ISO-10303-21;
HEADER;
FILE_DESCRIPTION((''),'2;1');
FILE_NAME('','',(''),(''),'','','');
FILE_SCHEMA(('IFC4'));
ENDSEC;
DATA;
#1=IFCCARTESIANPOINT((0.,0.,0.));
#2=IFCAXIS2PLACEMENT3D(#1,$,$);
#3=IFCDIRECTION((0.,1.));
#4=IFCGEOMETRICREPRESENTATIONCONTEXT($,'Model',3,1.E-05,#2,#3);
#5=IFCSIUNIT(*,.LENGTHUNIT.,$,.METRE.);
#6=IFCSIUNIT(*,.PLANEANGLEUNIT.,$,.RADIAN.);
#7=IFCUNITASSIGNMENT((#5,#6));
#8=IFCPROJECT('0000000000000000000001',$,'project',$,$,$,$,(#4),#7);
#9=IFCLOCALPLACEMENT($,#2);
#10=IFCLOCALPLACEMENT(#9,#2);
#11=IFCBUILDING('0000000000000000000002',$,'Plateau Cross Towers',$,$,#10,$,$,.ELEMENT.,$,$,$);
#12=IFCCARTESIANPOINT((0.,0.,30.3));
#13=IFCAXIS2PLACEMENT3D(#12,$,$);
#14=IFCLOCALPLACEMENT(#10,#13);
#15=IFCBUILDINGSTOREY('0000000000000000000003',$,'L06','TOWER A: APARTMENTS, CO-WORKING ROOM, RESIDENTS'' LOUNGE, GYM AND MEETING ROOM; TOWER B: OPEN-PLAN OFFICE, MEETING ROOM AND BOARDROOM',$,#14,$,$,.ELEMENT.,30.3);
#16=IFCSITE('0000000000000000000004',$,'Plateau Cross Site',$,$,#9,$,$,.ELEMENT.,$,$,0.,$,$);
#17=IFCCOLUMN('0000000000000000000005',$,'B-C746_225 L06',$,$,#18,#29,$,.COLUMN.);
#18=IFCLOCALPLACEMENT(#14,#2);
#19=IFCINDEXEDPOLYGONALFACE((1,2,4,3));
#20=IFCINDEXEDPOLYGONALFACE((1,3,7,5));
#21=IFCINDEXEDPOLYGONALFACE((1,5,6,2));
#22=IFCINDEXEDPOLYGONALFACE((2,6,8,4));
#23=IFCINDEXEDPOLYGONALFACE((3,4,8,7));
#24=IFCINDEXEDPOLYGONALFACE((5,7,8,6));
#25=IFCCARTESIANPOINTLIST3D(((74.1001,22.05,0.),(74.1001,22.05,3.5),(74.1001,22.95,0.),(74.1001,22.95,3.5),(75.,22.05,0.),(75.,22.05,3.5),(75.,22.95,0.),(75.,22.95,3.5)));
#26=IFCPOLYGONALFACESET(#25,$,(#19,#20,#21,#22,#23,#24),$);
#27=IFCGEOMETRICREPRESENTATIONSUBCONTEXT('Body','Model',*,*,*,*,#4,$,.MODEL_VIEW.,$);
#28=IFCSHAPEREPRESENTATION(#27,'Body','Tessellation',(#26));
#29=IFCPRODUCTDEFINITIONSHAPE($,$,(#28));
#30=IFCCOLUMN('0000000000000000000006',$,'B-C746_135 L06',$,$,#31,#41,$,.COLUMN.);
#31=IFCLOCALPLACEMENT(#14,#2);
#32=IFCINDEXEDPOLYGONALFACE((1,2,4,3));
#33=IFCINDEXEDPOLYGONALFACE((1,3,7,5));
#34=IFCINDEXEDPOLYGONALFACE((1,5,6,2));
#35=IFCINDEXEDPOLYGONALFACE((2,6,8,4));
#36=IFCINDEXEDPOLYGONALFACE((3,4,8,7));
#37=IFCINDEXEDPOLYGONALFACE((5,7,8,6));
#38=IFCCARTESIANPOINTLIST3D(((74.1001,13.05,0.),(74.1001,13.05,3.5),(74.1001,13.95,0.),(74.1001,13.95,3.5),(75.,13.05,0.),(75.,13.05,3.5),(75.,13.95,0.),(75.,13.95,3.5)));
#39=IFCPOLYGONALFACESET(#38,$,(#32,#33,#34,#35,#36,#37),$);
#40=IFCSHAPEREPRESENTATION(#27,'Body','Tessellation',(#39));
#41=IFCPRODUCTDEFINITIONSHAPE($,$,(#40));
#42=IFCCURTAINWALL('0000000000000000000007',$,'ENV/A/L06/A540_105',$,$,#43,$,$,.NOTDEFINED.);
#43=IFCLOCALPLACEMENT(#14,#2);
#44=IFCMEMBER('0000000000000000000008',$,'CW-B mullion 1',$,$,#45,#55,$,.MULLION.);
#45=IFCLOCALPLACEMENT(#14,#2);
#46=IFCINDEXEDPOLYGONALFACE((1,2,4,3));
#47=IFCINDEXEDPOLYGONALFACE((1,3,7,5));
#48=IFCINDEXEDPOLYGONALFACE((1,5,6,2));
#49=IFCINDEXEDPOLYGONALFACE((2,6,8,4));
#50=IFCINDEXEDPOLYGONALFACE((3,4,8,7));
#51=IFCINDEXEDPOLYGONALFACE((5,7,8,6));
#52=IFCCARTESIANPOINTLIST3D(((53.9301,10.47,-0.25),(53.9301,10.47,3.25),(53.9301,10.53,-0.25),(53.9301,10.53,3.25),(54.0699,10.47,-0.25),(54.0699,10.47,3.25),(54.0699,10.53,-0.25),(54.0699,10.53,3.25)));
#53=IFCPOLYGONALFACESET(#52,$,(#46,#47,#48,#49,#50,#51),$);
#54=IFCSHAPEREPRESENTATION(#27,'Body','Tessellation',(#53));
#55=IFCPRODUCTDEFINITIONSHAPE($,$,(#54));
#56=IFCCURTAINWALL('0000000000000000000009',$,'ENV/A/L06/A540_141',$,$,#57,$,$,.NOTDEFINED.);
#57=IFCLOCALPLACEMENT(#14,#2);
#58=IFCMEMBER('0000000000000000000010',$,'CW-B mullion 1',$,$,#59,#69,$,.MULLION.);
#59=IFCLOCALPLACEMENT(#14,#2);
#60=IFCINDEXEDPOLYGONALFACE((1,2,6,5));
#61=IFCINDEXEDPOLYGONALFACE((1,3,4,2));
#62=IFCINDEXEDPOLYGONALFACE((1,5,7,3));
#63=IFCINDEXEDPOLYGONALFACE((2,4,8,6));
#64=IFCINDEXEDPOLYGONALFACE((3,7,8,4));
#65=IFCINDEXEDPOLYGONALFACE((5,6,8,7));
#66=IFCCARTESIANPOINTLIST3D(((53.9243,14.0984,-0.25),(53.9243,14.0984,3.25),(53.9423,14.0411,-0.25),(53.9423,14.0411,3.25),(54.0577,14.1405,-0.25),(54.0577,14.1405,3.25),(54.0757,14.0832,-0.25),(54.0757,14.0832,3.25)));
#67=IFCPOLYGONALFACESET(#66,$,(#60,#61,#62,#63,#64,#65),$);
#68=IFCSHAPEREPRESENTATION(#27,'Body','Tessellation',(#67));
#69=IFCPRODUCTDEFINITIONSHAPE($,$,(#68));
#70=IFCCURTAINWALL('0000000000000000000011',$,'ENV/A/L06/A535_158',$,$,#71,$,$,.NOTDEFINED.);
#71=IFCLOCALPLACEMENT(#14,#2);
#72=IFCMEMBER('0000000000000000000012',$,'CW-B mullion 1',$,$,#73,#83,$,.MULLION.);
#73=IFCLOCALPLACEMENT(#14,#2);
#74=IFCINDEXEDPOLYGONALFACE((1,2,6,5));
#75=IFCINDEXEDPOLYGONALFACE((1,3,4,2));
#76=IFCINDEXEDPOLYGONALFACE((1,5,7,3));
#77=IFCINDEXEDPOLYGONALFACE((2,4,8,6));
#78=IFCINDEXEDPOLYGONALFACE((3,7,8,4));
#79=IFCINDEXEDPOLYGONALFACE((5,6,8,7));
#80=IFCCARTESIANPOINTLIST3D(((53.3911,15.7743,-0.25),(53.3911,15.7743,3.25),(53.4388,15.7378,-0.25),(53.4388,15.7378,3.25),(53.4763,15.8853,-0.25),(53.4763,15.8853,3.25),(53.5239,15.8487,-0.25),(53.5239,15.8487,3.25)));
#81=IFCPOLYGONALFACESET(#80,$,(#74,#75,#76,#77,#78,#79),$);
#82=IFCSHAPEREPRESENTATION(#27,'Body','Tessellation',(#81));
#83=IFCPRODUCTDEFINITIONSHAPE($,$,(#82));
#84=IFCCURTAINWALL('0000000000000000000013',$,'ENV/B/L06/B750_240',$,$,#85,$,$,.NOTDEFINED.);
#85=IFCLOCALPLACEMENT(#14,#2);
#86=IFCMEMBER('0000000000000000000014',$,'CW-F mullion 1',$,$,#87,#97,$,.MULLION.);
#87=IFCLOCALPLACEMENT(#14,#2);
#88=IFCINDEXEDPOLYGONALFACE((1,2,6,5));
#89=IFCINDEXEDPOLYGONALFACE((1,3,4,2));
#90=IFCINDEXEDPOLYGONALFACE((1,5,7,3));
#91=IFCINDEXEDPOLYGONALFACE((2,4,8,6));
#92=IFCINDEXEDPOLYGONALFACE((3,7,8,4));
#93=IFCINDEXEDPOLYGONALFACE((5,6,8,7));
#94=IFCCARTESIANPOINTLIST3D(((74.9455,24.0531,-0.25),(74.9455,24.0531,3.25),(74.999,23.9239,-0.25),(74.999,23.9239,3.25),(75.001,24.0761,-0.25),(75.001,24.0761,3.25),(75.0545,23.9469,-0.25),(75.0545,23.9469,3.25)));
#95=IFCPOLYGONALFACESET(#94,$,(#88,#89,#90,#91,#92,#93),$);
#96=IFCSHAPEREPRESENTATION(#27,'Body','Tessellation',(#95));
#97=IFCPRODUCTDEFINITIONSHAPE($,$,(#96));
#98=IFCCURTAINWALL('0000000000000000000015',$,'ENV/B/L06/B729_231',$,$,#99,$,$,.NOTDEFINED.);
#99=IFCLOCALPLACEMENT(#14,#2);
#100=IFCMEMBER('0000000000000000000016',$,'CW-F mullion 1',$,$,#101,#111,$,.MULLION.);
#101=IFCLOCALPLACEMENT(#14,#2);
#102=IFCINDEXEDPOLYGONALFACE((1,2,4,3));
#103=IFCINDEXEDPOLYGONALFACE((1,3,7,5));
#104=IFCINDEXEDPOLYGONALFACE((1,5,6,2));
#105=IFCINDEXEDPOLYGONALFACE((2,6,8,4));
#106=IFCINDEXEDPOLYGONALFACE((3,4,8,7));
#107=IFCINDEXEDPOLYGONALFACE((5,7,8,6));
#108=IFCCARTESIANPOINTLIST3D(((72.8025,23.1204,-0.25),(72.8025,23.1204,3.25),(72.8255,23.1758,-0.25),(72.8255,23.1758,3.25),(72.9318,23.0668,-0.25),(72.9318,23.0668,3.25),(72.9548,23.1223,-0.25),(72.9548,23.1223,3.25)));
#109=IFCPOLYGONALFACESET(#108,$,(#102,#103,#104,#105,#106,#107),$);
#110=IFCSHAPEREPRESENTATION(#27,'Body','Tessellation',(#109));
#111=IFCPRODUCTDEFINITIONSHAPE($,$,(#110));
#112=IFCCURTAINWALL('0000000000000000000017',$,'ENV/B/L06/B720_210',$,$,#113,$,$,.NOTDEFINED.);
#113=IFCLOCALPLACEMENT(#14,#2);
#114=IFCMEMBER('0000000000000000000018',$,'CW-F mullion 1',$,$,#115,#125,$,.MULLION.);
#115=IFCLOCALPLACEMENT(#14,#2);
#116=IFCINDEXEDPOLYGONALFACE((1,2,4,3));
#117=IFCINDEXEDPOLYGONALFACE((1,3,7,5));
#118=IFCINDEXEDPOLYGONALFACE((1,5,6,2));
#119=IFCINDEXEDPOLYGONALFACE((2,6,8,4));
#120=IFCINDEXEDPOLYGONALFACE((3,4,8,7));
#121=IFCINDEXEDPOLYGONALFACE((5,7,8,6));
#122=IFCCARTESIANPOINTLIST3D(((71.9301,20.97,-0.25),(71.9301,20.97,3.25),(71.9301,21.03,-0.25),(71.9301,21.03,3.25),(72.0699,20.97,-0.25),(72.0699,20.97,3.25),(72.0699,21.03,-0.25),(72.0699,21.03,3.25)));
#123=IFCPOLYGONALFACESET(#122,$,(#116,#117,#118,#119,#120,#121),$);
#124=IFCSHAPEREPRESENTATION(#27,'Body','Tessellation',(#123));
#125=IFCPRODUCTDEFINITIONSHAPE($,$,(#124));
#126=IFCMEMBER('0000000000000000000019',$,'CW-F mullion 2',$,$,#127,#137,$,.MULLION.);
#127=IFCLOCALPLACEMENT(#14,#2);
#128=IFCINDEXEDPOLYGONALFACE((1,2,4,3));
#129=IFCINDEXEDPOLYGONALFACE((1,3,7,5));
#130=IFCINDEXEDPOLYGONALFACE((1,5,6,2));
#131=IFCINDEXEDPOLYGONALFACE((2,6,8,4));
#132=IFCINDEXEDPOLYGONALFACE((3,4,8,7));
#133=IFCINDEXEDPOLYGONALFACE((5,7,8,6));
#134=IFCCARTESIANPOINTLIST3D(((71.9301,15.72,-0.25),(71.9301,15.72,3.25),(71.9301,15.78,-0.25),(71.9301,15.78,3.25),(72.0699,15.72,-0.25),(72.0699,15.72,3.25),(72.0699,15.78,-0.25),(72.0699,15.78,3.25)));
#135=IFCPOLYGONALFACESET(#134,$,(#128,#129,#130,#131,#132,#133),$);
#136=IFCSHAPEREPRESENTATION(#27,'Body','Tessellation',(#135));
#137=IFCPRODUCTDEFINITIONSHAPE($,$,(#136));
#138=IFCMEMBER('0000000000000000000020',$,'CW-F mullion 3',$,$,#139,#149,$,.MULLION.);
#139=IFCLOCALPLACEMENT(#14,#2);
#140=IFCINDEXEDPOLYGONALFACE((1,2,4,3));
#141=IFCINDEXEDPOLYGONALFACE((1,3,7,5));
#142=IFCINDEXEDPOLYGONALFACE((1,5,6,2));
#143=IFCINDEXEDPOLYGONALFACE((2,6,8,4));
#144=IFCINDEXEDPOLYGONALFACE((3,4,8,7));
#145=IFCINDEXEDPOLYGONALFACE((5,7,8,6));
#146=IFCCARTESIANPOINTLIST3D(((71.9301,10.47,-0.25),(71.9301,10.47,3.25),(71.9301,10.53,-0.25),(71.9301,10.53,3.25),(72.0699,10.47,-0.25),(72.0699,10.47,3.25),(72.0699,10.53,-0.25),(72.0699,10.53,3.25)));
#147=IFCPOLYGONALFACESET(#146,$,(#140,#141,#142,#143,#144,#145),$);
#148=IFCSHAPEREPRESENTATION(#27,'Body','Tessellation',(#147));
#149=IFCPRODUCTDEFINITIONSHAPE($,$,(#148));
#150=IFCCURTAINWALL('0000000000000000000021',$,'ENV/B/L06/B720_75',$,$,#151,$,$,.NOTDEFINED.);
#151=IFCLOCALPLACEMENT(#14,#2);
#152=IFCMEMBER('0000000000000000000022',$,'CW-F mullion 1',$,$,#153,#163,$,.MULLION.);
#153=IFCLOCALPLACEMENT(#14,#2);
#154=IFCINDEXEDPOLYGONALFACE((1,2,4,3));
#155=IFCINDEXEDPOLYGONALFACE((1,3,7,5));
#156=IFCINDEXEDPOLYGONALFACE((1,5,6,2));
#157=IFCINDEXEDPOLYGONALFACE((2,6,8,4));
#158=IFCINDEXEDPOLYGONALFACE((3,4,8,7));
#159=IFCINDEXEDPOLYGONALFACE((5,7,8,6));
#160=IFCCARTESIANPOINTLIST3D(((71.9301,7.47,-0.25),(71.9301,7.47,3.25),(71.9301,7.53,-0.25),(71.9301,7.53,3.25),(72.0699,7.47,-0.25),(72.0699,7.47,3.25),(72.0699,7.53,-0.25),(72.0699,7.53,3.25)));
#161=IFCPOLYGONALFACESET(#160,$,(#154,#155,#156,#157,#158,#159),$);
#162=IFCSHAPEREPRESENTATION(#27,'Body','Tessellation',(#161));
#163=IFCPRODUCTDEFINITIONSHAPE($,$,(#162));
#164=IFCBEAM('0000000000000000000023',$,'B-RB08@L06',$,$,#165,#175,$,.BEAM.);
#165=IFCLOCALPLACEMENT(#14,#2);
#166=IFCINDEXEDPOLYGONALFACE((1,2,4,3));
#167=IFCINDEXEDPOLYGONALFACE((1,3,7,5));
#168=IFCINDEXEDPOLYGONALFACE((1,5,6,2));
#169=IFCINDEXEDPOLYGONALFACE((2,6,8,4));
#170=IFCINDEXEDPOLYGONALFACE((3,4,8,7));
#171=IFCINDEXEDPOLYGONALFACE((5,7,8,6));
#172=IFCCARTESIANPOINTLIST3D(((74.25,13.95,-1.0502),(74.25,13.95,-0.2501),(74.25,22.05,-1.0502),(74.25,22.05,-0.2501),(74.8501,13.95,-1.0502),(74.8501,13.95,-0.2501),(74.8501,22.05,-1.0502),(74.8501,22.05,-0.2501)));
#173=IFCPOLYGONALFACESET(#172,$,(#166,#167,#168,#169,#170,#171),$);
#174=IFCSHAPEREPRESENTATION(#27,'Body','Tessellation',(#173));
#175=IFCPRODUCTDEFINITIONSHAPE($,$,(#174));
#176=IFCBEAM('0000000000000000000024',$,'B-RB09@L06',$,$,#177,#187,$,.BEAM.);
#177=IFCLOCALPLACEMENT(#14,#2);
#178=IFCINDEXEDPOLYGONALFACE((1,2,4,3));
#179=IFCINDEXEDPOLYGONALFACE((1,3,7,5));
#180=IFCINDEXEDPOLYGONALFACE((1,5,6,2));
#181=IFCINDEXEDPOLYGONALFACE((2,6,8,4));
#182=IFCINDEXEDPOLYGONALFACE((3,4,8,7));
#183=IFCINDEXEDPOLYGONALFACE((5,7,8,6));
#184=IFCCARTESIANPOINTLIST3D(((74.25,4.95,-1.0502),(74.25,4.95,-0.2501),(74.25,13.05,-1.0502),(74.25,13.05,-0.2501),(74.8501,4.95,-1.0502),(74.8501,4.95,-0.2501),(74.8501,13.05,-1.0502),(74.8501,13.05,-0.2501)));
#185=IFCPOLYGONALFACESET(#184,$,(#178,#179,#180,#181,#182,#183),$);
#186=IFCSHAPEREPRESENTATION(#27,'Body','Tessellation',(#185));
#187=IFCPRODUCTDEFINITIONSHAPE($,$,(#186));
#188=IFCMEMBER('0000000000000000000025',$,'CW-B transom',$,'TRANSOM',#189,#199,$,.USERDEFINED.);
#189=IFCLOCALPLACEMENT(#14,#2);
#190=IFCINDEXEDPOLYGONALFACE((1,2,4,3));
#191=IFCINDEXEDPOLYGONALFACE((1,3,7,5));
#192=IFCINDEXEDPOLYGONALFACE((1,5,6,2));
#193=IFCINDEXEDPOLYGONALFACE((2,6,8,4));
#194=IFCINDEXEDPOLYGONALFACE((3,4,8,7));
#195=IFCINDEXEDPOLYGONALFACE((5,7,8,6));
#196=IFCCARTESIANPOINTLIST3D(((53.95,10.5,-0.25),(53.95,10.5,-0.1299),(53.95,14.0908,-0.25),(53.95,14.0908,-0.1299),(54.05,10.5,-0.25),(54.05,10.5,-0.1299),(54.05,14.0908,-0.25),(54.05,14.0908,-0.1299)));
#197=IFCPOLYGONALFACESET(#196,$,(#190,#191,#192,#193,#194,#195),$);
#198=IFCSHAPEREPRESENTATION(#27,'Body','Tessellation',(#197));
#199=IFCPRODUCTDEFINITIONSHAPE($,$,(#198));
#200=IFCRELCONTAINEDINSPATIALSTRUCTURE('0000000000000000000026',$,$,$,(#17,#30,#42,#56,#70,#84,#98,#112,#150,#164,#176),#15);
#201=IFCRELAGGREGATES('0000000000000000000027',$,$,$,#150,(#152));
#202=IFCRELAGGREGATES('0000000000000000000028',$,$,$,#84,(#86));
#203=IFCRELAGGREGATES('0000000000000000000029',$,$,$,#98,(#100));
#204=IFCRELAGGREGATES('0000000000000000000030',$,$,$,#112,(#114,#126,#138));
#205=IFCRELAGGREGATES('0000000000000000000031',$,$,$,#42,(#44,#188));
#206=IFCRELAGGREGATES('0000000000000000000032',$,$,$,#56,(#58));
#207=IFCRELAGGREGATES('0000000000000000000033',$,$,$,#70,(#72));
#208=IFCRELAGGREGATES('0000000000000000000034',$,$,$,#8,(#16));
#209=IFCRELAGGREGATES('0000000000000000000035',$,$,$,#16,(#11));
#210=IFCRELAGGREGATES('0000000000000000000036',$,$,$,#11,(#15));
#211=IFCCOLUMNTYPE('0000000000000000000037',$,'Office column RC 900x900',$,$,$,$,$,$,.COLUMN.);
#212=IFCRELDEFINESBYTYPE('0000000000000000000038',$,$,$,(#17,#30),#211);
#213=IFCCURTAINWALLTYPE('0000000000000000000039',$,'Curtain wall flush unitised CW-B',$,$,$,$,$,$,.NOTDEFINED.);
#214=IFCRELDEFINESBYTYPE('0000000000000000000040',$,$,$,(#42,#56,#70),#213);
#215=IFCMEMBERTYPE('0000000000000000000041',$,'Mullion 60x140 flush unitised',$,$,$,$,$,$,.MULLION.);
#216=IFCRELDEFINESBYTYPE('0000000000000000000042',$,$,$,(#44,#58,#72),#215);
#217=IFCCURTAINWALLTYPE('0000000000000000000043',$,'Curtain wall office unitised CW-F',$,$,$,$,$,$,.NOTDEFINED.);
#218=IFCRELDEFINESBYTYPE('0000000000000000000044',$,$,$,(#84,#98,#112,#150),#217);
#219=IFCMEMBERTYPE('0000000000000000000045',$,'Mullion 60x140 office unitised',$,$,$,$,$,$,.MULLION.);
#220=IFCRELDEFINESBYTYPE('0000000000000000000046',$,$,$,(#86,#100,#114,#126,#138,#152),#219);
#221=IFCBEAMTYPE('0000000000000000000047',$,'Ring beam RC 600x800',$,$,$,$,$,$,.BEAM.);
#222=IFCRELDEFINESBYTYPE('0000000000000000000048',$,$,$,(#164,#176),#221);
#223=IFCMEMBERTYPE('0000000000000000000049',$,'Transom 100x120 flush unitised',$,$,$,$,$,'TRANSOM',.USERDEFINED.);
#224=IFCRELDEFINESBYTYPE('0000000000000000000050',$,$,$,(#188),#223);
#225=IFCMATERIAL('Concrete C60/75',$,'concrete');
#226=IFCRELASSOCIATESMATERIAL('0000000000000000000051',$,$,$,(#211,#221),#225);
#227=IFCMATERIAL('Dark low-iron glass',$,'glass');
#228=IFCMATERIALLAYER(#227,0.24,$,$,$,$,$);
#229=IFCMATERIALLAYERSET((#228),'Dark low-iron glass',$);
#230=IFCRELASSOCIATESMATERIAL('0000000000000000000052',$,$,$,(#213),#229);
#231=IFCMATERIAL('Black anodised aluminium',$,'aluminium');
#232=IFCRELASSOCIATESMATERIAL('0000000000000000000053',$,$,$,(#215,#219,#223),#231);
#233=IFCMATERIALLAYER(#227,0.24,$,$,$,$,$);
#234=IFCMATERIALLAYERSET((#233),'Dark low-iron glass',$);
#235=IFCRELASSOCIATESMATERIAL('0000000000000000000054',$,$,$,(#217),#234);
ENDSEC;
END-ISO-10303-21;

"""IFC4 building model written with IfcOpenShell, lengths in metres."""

from ifc_helpers import new_model, si_unit, direction, frame, origin, origin_2d, place, context, subcontext, project, spatial, rectangle, extrude, material, layer, layer_set, material_profile, profile_set, type_object, element, aggregate, save


model = new_model("IFC4")

# Units and contexts
model_context = context("Model", 3, precision=1e-05, world=origin(), true_north=direction((0.0, 1.0)))
body_context = subcontext(model_context, "Body", "Model", "MODEL_VIEW")
ifc_project = project(units=[si_unit("LENGTHUNIT", "METRE"), si_unit("PLANEANGLEUNIT", "RADIAN")], contexts=[model_context])

# Site, building, storey
site_placement = place(None, origin())
site = spatial("IfcSite", under=ifc_project, at=site_placement, Name="Plateau Cross Site", CompositionType="ELEMENT", RefElevation=0.0)
building_placement = place(site_placement, origin())
building = spatial("IfcBuilding", under=site, at=building_placement, Name="Plateau Cross Towers", CompositionType="ELEMENT")
storey_placement = place(building_placement, frame((0.0, 0.0, 30.3)))
storey = spatial("IfcBuildingStorey", under=building, at=storey_placement, Name="L06", Description="TOWER A: APARTMENTS, CO-WORKING ROOM, RESIDENTS' LOUNGE, GYM AND MEETING ROOM; TOWER B: OPEN-PLAN OFFICE, MEETING ROOM AND BOARDROOM", CompositionType="ELEMENT", Elevation=30.3)

# Columns
ifc_material_1 = material(Name="Concrete C60/75", Category="concrete")
ifc_material_profile_1 = material_profile(ifc_material_1, rectangle(XDim=0.8999, YDim=0.8999, at=origin_2d()), Name="RC 900x900")
ifc_profile_set_1 = profile_set([ifc_material_profile_1], Name="Concrete C60/75")
column_type = type_object("IfcColumnType", Name="Office column RC 900x900", PredefinedType="COLUMN", material=ifc_profile_set_1)
for number, where, z_axis, x_axis, name in (
    (1, (74.55, 22.5, 0.0), (0.0, 0.0, 1.0), (1.0, 0.0, 0.0), "B-C746_225 L06"),
    (2, (74.55, 13.5, 0.0), (0.0, 0.0, 1.0), (1.0, 0.0, 0.0), "B-C746_135 L06"),
):
    element("IfcColumn", number, at=place(storey_placement, frame(where, z_axis=z_axis, x_axis=x_axis)), inside=storey, type_object=column_type, Name=name, PredefinedType="COLUMN", context=body_context, shape_type="SweptSolid", body=[
        extrude(rectangle(XDim=0.8999, YDim=0.8999, at=origin_2d()), origin(), (0.0, 0.0, 1.0), 3.5),
    ])

# Curtain walls, members
ifc_material_2 = material(Name="Dark low-iron glass", Category="glass")
ifc_layer_1 = layer(ifc_material_2, 0.24)
ifc_layer_set_1 = layer_set([ifc_layer_1], Name="Dark low-iron glass")
curtain_wall_type_1 = type_object("IfcCurtainWallType", Name="Curtain wall flush unitised CW-B", PredefinedType="NOTDEFINED", material=ifc_layer_set_1)
curtain_wall_1_placement = place(storey_placement, origin())
curtain_wall_1 = element("IfcCurtainWall", 3, at=curtain_wall_1_placement, inside=storey, type_object=curtain_wall_type_1, Name="ENV/A/L06/A540_105", PredefinedType="NOTDEFINED")
ifc_material_3 = material(Name="Black anodised aluminium", Category="aluminium")
ifc_material_profile_2 = material_profile(ifc_material_3, rectangle(XDim=0.0601, YDim=0.1399, at=origin_2d()), Name="MULLION 60x140")
ifc_profile_set_2 = profile_set([ifc_material_profile_2], Name="Black anodised aluminium")
member_type_1 = type_object("IfcMemberType", Name="Mullion 60x140 flush unitised", PredefinedType="MULLION", material=ifc_profile_set_2)
member_1_placement = place(storey_placement, frame((54.0, 10.5, -0.25), z_axis=(0.0, 0.0, 1.0), x_axis=(0.0, 1.0, 0.0)))
member_1 = element("IfcMember", 4, at=member_1_placement, type_object=member_type_1, Name="CW-B mullion 1", PredefinedType="MULLION", context=body_context, shape_type="SweptSolid", body=[
    extrude(rectangle(XDim=0.0601, YDim=0.1399, at=origin_2d()), origin(), (0.0, 0.0, 1.0), 3.5),
])
curtain_wall_2_placement = place(storey_placement, origin())
curtain_wall_2 = element("IfcCurtainWall", 5, at=curtain_wall_2_placement, inside=storey, type_object=curtain_wall_type_1, Name="ENV/A/L06/A540_141", PredefinedType="NOTDEFINED")
member_2_placement = place(storey_placement, frame((54.0, 14.0908, -0.25), z_axis=(0.0, 0.0, 1.0), x_axis=(-0.300686, 0.953723, 0.0)))
member_2 = element("IfcMember", 6, at=member_2_placement, type_object=member_type_1, Name="CW-B mullion 1", PredefinedType="MULLION", context=body_context, shape_type="SweptSolid", body=[
    extrude(rectangle(XDim=0.0601, YDim=0.1399, at=origin_2d()), origin(), (0.0, 0.0, 1.0), 3.5),
])
curtain_wall_3_placement = place(storey_placement, origin())
curtain_wall_3 = element("IfcCurtainWall", 7, at=curtain_wall_3_placement, inside=storey, type_object=curtain_wall_type_1, Name="ENV/A/L06/A535_158", PredefinedType="NOTDEFINED")
member_3_placement = place(storey_placement, frame((53.4575, 15.8115, -0.25), z_axis=(0.0, 0.0, 1.0), x_axis=(-0.793316, 0.608811, 0.0)))
member_3 = element("IfcMember", 8, at=member_3_placement, type_object=member_type_1, Name="CW-B mullion 1", PredefinedType="MULLION", context=body_context, shape_type="SweptSolid", body=[
    extrude(rectangle(XDim=0.0601, YDim=0.1399, at=origin_2d()), origin(), (0.0, 0.0, 1.0), 3.5),
])
ifc_layer_2 = layer(ifc_material_2, 0.24)
ifc_layer_set_2 = layer_set([ifc_layer_2], Name="Dark low-iron glass")
curtain_wall_type_2 = type_object("IfcCurtainWallType", Name="Curtain wall office unitised CW-F", PredefinedType="NOTDEFINED", material=ifc_layer_set_2)
curtain_wall_4_placement = place(storey_placement, origin())
curtain_wall_4 = element("IfcCurtainWall", 9, at=curtain_wall_4_placement, inside=storey, type_object=curtain_wall_type_2, Name="ENV/B/L06/B750_240", PredefinedType="NOTDEFINED")
ifc_material_profile_3 = material_profile(ifc_material_3, rectangle(XDim=0.0601, YDim=0.1399, at=origin_2d()), Name="MULLION 60x140")
ifc_profile_set_3 = profile_set([ifc_material_profile_3], Name="Black anodised aluminium")
member_type_2 = type_object("IfcMemberType", Name="Mullion 60x140 office unitised", PredefinedType="MULLION", material=ifc_profile_set_3)
member_4_placement = place(storey_placement, frame((75.0, 24.0, -0.25), z_axis=(0.0, 0.0, 1.0), x_axis=(-0.923879, -0.382684, 0.0)))
member_4 = element("IfcMember", 10, at=member_4_placement, type_object=member_type_2, Name="CW-F mullion 1", PredefinedType="MULLION", context=body_context, shape_type="SweptSolid", body=[
    extrude(rectangle(XDim=0.0601, YDim=0.1399, at=origin_2d()), origin(), (0.0, 0.0, 1.0), 3.5),
])
curtain_wall_5_placement = place(storey_placement, origin())
curtain_wall_5 = element("IfcCurtainWall", 11, at=curtain_wall_5_placement, inside=storey, type_object=curtain_wall_type_2, Name="ENV/B/L06/B729_231", PredefinedType="NOTDEFINED")
member_5_placement = place(storey_placement, frame((72.8787, 23.1213, -0.25), z_axis=(0.0, 0.0, 1.0), x_axis=(-0.382684, -0.923879, 0.0)))
member_5 = element("IfcMember", 12, at=member_5_placement, type_object=member_type_2, Name="CW-F mullion 1", PredefinedType="MULLION", context=body_context, shape_type="SweptSolid", body=[
    extrude(rectangle(XDim=0.0601, YDim=0.1399, at=origin_2d()), origin(), (0.0, 0.0, 1.0), 3.5),
])

# Curtain wall, members
curtain_wall_6_placement = place(storey_placement, origin())
curtain_wall_6 = element("IfcCurtainWall", 13, at=curtain_wall_6_placement, inside=storey, type_object=curtain_wall_type_2, Name="ENV/B/L06/B720_210", PredefinedType="NOTDEFINED")
member_6_placement = place(storey_placement, frame((72.0, 21.0, -0.25), z_axis=(0.0, 0.0, 1.0), x_axis=(0.0, -1.0, 0.0)))
member_6 = element("IfcMember", 14, at=member_6_placement, type_object=member_type_2, Name="CW-F mullion 1", PredefinedType="MULLION", context=body_context, shape_type="SweptSolid", body=[
    extrude(rectangle(XDim=0.0601, YDim=0.1399, at=origin_2d()), origin(), (0.0, 0.0, 1.0), 3.5),
])
member_7_placement = place(storey_placement, frame((72.0, 15.75, -0.25), z_axis=(0.0, 0.0, 1.0), x_axis=(0.0, -1.0, 0.0)))
member_7 = element("IfcMember", 15, at=member_7_placement, type_object=member_type_2, Name="CW-F mullion 2", PredefinedType="MULLION", context=body_context, shape_type="SweptSolid", body=[
    extrude(rectangle(XDim=0.0601, YDim=0.1399, at=origin_2d()), origin(), (0.0, 0.0, 1.0), 3.5),
])
member_8_placement = place(storey_placement, frame((72.0, 10.5, -0.25), z_axis=(0.0, 0.0, 1.0), x_axis=(0.0, -1.0, 0.0)))
member_8 = element("IfcMember", 16, at=member_8_placement, type_object=member_type_2, Name="CW-F mullion 3", PredefinedType="MULLION", context=body_context, shape_type="SweptSolid", body=[
    extrude(rectangle(XDim=0.0601, YDim=0.1399, at=origin_2d()), origin(), (0.0, 0.0, 1.0), 3.5),
])

# Curtain wall, member
curtain_wall_7_placement = place(storey_placement, origin())
curtain_wall_7 = element("IfcCurtainWall", 17, at=curtain_wall_7_placement, inside=storey, type_object=curtain_wall_type_2, Name="ENV/B/L06/B720_75", PredefinedType="NOTDEFINED")
member_9_placement = place(storey_placement, frame((72.0, 7.5, -0.25), z_axis=(0.0, 0.0, 1.0), x_axis=(0.0, -1.0, 0.0)))
member_9 = element("IfcMember", 18, at=member_9_placement, type_object=member_type_2, Name="CW-F mullion 1", PredefinedType="MULLION", context=body_context, shape_type="SweptSolid", body=[
    extrude(rectangle(XDim=0.0601, YDim=0.1399, at=origin_2d()), origin(), (0.0, 0.0, 1.0), 3.5),
])

# Beams
ifc_material_profile_4 = material_profile(ifc_material_1, rectangle(XDim=0.6001, YDim=0.8, at=origin_2d()), Name="RC 600x800")
ifc_profile_set_4 = profile_set([ifc_material_profile_4], Name="Concrete C60/75")
beam_type = type_object("IfcBeamType", Name="Ring beam RC 600x800", PredefinedType="BEAM", material=ifc_profile_set_4)
for number, where, z_axis, x_axis, name in (
    (19, (74.55, 22.05, -0.6501), (0.0, -1.0, 0.0), (1.0, 0.0, 0.0), "B-RB08@L06"),
    (20, (74.55, 13.05, -0.6501), (0.0, -1.0, 0.0), (1.0, 0.0, 0.0), "B-RB09@L06"),
):
    element("IfcBeam", number, at=place(storey_placement, frame(where, z_axis=z_axis, x_axis=x_axis)), inside=storey, type_object=beam_type, Name=name, PredefinedType="BEAM", context=body_context, shape_type="SweptSolid", body=[
        extrude(rectangle(XDim=0.6001, YDim=0.8, at=origin_2d()), origin(), (0.0, 0.0, 1.0), 8.1001),
    ])

# Member
ifc_material_profile_5 = material_profile(ifc_material_3, rectangle(XDim=0.1001, YDim=0.1201, at=origin_2d()), Name="TRANSOM 100x120")
ifc_profile_set_5 = profile_set([ifc_material_profile_5], Name="Black anodised aluminium")
member_type_3 = type_object("IfcMemberType", Name="Transom 100x120 flush unitised", ElementType="TRANSOM", PredefinedType="USERDEFINED", material=ifc_profile_set_5)
member_10_placement = place(storey_placement, frame((54.0, 10.5, -0.1899), z_axis=(0.0, 1.0, 0.0), x_axis=(-1.0, 0.0, 0.0)))
member_10 = element("IfcMember", 21, at=member_10_placement, type_object=member_type_3, Name="CW-B transom", ObjectType="TRANSOM", PredefinedType="USERDEFINED", context=body_context, shape_type="SweptSolid", body=[
    extrude(rectangle(XDim=0.1001, YDim=0.1201, at=origin_2d()), origin(), (0.0, 0.0, 1.0), 3.5908),
])
aggregate(curtain_wall_7, [member_9])

aggregate(curtain_wall_4, [member_4])
aggregate(curtain_wall_5, [member_5])
aggregate(curtain_wall_6, [member_6, member_7, member_8])
aggregate(curtain_wall_1, [member_1, member_10])
aggregate(curtain_wall_2, [member_2])
aggregate(curtain_wall_3, [member_3])

save(model, "model.ifc")
